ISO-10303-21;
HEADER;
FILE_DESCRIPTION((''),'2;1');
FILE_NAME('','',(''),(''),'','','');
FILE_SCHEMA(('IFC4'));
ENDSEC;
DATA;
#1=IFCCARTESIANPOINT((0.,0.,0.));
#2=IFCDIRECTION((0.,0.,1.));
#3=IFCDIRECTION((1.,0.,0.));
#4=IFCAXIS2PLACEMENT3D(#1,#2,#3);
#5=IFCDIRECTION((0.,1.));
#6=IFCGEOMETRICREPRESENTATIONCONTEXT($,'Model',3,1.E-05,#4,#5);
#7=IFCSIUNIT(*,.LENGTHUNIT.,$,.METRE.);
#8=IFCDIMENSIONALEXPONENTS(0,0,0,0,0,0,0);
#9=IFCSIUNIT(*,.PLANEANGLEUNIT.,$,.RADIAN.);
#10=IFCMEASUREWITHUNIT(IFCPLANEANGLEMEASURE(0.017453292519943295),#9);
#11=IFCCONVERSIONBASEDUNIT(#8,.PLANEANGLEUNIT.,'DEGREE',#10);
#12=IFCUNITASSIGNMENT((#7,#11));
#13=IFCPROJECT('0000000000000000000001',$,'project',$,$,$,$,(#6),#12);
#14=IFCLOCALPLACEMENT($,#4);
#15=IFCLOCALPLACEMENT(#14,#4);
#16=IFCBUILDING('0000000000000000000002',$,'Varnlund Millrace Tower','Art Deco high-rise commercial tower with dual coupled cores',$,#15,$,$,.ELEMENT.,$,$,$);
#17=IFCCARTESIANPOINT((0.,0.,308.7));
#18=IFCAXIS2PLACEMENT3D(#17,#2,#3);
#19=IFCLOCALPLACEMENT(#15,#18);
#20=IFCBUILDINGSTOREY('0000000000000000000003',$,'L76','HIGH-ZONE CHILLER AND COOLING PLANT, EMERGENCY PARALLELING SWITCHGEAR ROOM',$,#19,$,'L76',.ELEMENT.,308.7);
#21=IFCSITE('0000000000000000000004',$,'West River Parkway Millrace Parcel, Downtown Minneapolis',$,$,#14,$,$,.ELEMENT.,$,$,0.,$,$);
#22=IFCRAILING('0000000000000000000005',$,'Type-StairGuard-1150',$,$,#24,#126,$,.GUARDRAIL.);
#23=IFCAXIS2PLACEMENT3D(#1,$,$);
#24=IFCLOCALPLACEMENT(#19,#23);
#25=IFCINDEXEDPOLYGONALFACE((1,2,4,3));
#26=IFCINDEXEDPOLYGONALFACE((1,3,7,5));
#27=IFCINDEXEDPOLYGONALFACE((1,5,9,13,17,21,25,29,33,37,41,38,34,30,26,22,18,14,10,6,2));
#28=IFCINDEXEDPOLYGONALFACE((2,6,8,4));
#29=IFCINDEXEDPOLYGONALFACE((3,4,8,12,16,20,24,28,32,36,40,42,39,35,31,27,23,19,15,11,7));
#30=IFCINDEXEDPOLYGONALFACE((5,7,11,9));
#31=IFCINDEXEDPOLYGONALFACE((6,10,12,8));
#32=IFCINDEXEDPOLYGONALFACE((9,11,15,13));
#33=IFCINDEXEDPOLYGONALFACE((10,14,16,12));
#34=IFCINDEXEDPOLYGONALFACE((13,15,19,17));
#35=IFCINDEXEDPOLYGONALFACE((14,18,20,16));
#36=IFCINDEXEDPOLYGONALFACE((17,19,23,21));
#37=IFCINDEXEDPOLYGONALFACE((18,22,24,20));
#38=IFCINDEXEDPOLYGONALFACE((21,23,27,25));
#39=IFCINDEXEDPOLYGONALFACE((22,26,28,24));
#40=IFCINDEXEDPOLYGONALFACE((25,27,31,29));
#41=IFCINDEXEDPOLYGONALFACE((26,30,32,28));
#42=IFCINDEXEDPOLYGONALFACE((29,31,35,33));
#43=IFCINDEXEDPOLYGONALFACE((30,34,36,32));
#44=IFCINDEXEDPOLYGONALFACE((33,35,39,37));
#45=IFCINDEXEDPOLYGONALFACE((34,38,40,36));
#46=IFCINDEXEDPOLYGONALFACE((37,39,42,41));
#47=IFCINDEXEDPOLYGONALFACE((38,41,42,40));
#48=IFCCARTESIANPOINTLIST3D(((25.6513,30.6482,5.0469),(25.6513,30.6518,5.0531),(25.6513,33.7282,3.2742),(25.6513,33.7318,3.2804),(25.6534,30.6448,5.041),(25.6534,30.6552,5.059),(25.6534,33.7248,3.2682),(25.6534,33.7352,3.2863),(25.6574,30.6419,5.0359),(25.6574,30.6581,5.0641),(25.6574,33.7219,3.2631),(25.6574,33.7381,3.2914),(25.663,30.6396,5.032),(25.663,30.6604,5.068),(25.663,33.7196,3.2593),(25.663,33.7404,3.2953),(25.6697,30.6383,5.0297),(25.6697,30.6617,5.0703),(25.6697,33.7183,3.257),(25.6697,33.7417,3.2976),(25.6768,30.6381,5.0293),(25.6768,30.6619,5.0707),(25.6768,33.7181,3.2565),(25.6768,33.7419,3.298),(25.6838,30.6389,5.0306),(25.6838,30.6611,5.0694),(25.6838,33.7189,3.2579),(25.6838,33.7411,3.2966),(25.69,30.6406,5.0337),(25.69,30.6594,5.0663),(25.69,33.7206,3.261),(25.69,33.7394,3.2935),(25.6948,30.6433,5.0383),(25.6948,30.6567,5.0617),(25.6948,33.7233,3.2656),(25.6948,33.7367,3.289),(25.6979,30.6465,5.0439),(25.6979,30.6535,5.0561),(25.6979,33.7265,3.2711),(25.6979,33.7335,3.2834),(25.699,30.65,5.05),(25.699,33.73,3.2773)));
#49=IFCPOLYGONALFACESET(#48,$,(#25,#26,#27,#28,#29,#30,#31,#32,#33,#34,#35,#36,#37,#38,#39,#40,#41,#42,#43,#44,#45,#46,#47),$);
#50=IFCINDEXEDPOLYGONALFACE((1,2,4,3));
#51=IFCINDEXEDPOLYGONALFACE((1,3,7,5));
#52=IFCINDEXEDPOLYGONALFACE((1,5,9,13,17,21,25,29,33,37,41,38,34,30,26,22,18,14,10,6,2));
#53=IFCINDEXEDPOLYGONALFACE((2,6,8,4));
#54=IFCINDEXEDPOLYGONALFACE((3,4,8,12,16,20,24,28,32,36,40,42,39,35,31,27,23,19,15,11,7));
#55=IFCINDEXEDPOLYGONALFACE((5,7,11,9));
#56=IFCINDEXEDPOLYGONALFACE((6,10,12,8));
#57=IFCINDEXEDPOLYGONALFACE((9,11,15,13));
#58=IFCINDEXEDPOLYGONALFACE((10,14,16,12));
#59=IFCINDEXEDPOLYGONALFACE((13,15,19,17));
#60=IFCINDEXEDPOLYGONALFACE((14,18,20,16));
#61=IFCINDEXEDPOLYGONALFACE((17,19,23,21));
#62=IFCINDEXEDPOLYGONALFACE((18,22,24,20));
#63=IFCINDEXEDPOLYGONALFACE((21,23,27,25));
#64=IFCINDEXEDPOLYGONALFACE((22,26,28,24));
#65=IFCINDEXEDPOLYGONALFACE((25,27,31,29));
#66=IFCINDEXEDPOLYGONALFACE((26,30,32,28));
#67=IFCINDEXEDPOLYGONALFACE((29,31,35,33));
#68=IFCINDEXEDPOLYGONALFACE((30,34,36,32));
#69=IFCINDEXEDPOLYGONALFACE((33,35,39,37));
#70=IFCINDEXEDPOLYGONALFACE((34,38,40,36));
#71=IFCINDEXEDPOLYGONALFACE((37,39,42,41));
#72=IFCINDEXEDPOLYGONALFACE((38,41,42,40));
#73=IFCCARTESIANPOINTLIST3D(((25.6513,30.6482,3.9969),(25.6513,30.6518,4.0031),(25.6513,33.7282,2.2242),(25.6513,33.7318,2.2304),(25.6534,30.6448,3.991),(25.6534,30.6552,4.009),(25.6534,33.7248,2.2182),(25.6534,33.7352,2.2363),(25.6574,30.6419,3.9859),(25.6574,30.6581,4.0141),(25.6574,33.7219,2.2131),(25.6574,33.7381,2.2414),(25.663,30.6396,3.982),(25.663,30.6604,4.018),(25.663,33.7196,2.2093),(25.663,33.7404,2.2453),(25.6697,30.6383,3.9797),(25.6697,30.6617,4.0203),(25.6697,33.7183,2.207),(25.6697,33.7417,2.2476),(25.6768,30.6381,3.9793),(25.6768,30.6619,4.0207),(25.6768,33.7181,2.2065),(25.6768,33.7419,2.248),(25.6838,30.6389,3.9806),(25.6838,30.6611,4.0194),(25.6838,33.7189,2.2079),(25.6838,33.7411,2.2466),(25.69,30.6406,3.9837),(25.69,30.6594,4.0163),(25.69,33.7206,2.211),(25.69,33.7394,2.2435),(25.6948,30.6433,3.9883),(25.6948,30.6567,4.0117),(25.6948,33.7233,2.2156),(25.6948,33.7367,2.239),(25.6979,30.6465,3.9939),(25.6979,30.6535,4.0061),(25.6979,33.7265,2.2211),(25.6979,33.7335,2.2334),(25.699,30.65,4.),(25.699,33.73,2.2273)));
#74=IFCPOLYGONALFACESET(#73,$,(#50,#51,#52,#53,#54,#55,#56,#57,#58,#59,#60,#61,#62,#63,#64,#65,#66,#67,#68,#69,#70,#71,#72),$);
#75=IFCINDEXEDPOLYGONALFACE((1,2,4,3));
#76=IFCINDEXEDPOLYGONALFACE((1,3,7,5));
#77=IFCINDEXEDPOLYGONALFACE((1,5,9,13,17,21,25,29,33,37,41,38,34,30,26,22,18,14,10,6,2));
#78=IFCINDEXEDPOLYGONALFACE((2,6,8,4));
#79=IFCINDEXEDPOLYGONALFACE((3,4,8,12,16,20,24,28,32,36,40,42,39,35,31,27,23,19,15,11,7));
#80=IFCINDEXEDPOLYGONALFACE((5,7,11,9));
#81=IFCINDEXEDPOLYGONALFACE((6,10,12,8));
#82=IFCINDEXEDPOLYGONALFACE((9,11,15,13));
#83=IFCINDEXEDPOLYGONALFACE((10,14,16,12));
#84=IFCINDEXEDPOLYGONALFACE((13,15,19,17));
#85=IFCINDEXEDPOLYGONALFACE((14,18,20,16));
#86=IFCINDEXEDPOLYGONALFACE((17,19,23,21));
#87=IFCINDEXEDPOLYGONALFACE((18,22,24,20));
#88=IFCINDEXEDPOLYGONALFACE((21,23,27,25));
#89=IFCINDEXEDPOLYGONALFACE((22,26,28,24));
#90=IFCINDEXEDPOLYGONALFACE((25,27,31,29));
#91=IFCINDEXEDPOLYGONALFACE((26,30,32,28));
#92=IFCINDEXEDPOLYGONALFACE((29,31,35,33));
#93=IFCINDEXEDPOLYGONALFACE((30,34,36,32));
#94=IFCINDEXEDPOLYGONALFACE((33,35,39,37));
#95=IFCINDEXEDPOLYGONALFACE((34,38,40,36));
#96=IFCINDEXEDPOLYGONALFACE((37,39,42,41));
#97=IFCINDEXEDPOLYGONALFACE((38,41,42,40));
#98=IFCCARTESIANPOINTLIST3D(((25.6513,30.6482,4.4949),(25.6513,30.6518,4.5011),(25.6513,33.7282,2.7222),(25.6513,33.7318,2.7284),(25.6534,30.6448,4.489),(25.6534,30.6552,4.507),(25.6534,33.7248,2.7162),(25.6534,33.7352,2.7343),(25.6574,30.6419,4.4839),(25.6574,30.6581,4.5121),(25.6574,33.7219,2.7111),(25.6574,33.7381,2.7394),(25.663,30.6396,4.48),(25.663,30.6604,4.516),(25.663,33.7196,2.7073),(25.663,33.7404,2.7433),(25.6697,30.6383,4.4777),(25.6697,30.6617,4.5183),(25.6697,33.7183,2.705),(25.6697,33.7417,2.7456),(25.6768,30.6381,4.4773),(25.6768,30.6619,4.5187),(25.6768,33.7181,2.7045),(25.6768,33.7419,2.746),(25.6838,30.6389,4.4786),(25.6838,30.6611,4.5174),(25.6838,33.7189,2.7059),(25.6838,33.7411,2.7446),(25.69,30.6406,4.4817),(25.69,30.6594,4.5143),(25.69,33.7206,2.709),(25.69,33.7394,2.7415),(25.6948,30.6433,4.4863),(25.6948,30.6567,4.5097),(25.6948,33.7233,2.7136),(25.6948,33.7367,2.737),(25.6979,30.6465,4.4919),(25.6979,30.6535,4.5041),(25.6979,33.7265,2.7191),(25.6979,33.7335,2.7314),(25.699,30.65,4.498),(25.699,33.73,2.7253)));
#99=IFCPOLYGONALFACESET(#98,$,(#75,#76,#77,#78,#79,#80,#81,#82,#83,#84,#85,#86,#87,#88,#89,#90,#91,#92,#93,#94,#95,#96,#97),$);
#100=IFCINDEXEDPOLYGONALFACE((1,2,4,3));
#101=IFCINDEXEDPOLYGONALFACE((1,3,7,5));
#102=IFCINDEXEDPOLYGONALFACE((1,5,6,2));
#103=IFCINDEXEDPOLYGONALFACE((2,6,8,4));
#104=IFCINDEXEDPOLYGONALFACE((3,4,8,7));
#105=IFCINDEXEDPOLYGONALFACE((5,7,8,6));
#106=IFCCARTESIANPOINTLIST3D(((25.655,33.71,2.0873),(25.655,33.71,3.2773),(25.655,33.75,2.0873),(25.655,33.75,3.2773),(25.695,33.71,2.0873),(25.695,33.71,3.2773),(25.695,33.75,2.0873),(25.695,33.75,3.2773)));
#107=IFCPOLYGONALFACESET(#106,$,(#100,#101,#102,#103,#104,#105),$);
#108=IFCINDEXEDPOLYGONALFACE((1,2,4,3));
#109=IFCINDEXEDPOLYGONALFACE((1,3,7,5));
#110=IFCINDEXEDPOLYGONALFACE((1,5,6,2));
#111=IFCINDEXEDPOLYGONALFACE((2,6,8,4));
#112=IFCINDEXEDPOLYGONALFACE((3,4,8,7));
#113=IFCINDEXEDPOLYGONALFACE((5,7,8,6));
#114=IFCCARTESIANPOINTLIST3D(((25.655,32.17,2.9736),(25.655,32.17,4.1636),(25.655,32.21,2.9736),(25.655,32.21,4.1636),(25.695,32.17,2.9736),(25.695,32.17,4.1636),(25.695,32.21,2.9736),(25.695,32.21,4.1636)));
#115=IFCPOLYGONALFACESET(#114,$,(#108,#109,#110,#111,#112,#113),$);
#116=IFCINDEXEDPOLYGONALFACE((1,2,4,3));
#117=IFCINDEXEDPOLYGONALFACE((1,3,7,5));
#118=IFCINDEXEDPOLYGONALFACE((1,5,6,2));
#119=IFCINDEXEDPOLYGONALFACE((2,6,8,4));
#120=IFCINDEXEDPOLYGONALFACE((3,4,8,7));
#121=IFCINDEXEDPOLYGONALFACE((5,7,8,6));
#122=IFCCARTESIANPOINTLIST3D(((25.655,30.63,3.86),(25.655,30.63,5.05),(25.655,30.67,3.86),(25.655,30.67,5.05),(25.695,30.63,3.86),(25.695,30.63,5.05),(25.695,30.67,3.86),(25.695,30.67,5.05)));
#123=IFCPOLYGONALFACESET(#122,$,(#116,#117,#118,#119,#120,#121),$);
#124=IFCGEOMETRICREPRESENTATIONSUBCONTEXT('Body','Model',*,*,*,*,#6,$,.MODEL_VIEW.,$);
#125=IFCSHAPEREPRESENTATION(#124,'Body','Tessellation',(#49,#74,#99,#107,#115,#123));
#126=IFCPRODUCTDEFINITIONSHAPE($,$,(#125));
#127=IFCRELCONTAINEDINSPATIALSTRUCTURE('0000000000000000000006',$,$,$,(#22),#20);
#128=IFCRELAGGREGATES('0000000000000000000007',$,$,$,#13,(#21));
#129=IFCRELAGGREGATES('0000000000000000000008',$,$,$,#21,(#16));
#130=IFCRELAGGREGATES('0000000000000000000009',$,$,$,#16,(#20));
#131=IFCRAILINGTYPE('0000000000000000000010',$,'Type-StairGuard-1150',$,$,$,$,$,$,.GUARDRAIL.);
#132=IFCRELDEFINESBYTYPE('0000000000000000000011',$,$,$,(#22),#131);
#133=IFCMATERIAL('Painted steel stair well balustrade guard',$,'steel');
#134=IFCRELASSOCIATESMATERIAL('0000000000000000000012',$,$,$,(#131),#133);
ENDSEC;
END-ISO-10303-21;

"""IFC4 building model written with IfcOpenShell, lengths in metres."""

from ifc_helpers import new_model, entity, si_unit, converted_unit, direction, frame, origin_with_axes, origin_2d_with_axis, place, context, subcontext, project, spatial, rectangle, circle, extrude, material, type_object, element, save


model = new_model("IFC4")

# Units and contexts
model_context = context("Model", 3, precision=1e-05, world=origin_with_axes(), true_north=direction((0.0, 1.0)))
body_context = subcontext(model_context, "Body", "Model", "MODEL_VIEW")
ifc_project = project(units=[si_unit("LENGTHUNIT", "METRE"), converted_unit("PLANEANGLEUNIT", "DEGREE", entity("IfcPlaneAngleMeasure", 0.017453292519943295), si_unit("PLANEANGLEUNIT", "RADIAN"), dimensions=[0, 0, 0, 0, 0, 0, 0])], contexts=[model_context])

# Site, building, storey
site_placement = place(None, origin_with_axes())
site = spatial("IfcSite", under=ifc_project, at=site_placement, Name="West River Parkway Millrace Parcel, Downtown Minneapolis", CompositionType="ELEMENT", RefElevation=0.0)
building_placement = place(site_placement, origin_with_axes())
building = spatial("IfcBuilding", under=site, at=building_placement, Name="Varnlund Millrace Tower", Description="Art Deco high-rise commercial tower with dual coupled cores", CompositionType="ELEMENT")
storey_placement = place(building_placement, frame((0.0, 0.0, 308.7), z_axis=(0.0, 0.0, 1.0), x_axis=(1.0, 0.0, 0.0)))
storey = spatial("IfcBuildingStorey", under=building, at=storey_placement, Name="L76", Description="HIGH-ZONE CHILLER AND COOLING PLANT, EMERGENCY PARALLELING SWITCHGEAR ROOM", LongName="L76", CompositionType="ELEMENT", Elevation=308.7)

# Railing
ifc_material_1 = material(Name="Painted steel stair well balustrade guard", Category="steel")
railing_type_1 = type_object("IfcRailingType", Name="Type-StairGuard-1150", PredefinedType="GUARDRAIL", material=ifc_material_1)
railing_1_placement = place(storey_placement, frame((0.0, 0.0, -308.7), z_axis=(0.0, 0.0, 1.0), x_axis=(1.0, 0.0, 0.0)))
element("IfcRailing", 1, at=railing_1_placement, inside=storey, type_object=railing_type_1, Name="Type-StairGuard-1150", PredefinedType="GUARDRAIL", context=body_context, shape_type="SweptSolid", body=[
    extrude(circle(Radius=0.024, at=origin_2d_with_axis()), frame((25.675, 33.73, 311.9773), z_axis=(0.0, -0.866696, 0.498836), x_axis=(1.0, 0.0, 0.0)), (0.0, 0.0, 1.0), 3.5537),
    extrude(circle(Radius=0.024, at=origin_2d_with_axis()), frame((25.675, 33.73, 310.9273), z_axis=(0.0, -0.866696, 0.498836), x_axis=(1.0, 0.0, 0.0)), (0.0, 0.0, 1.0), 3.5537),
    extrude(circle(Radius=0.024, at=origin_2d_with_axis()), frame((25.675, 33.73, 311.4253), z_axis=(0.0, -0.866696, 0.498836), x_axis=(1.0, 0.0, 0.0)), (0.0, 0.0, 1.0), 3.5537),
    extrude(rectangle(XDim=0.04, YDim=0.04, at=origin_2d_with_axis()), frame((25.675, 33.73, 310.7873), z_axis=(0.0, 0.0, 1.0), x_axis=(1.0, 0.0, 0.0)), (0.0, 0.0, 1.0), 1.19),
    extrude(rectangle(XDim=0.04, YDim=0.04, at=origin_2d_with_axis()), frame((25.675, 32.19, 311.6736), z_axis=(0.0, 0.0, 1.0), x_axis=(1.0, 0.0, 0.0)), (0.0, 0.0, 1.0), 1.19),
    extrude(rectangle(XDim=0.04, YDim=0.04, at=origin_2d_with_axis()), frame((25.675, 30.65, 312.56), z_axis=(0.0, 0.0, 1.0), x_axis=(1.0, 0.0, 0.0)), (0.0, 0.0, 1.0), 1.19),
])

save(model, "model.ifc")
